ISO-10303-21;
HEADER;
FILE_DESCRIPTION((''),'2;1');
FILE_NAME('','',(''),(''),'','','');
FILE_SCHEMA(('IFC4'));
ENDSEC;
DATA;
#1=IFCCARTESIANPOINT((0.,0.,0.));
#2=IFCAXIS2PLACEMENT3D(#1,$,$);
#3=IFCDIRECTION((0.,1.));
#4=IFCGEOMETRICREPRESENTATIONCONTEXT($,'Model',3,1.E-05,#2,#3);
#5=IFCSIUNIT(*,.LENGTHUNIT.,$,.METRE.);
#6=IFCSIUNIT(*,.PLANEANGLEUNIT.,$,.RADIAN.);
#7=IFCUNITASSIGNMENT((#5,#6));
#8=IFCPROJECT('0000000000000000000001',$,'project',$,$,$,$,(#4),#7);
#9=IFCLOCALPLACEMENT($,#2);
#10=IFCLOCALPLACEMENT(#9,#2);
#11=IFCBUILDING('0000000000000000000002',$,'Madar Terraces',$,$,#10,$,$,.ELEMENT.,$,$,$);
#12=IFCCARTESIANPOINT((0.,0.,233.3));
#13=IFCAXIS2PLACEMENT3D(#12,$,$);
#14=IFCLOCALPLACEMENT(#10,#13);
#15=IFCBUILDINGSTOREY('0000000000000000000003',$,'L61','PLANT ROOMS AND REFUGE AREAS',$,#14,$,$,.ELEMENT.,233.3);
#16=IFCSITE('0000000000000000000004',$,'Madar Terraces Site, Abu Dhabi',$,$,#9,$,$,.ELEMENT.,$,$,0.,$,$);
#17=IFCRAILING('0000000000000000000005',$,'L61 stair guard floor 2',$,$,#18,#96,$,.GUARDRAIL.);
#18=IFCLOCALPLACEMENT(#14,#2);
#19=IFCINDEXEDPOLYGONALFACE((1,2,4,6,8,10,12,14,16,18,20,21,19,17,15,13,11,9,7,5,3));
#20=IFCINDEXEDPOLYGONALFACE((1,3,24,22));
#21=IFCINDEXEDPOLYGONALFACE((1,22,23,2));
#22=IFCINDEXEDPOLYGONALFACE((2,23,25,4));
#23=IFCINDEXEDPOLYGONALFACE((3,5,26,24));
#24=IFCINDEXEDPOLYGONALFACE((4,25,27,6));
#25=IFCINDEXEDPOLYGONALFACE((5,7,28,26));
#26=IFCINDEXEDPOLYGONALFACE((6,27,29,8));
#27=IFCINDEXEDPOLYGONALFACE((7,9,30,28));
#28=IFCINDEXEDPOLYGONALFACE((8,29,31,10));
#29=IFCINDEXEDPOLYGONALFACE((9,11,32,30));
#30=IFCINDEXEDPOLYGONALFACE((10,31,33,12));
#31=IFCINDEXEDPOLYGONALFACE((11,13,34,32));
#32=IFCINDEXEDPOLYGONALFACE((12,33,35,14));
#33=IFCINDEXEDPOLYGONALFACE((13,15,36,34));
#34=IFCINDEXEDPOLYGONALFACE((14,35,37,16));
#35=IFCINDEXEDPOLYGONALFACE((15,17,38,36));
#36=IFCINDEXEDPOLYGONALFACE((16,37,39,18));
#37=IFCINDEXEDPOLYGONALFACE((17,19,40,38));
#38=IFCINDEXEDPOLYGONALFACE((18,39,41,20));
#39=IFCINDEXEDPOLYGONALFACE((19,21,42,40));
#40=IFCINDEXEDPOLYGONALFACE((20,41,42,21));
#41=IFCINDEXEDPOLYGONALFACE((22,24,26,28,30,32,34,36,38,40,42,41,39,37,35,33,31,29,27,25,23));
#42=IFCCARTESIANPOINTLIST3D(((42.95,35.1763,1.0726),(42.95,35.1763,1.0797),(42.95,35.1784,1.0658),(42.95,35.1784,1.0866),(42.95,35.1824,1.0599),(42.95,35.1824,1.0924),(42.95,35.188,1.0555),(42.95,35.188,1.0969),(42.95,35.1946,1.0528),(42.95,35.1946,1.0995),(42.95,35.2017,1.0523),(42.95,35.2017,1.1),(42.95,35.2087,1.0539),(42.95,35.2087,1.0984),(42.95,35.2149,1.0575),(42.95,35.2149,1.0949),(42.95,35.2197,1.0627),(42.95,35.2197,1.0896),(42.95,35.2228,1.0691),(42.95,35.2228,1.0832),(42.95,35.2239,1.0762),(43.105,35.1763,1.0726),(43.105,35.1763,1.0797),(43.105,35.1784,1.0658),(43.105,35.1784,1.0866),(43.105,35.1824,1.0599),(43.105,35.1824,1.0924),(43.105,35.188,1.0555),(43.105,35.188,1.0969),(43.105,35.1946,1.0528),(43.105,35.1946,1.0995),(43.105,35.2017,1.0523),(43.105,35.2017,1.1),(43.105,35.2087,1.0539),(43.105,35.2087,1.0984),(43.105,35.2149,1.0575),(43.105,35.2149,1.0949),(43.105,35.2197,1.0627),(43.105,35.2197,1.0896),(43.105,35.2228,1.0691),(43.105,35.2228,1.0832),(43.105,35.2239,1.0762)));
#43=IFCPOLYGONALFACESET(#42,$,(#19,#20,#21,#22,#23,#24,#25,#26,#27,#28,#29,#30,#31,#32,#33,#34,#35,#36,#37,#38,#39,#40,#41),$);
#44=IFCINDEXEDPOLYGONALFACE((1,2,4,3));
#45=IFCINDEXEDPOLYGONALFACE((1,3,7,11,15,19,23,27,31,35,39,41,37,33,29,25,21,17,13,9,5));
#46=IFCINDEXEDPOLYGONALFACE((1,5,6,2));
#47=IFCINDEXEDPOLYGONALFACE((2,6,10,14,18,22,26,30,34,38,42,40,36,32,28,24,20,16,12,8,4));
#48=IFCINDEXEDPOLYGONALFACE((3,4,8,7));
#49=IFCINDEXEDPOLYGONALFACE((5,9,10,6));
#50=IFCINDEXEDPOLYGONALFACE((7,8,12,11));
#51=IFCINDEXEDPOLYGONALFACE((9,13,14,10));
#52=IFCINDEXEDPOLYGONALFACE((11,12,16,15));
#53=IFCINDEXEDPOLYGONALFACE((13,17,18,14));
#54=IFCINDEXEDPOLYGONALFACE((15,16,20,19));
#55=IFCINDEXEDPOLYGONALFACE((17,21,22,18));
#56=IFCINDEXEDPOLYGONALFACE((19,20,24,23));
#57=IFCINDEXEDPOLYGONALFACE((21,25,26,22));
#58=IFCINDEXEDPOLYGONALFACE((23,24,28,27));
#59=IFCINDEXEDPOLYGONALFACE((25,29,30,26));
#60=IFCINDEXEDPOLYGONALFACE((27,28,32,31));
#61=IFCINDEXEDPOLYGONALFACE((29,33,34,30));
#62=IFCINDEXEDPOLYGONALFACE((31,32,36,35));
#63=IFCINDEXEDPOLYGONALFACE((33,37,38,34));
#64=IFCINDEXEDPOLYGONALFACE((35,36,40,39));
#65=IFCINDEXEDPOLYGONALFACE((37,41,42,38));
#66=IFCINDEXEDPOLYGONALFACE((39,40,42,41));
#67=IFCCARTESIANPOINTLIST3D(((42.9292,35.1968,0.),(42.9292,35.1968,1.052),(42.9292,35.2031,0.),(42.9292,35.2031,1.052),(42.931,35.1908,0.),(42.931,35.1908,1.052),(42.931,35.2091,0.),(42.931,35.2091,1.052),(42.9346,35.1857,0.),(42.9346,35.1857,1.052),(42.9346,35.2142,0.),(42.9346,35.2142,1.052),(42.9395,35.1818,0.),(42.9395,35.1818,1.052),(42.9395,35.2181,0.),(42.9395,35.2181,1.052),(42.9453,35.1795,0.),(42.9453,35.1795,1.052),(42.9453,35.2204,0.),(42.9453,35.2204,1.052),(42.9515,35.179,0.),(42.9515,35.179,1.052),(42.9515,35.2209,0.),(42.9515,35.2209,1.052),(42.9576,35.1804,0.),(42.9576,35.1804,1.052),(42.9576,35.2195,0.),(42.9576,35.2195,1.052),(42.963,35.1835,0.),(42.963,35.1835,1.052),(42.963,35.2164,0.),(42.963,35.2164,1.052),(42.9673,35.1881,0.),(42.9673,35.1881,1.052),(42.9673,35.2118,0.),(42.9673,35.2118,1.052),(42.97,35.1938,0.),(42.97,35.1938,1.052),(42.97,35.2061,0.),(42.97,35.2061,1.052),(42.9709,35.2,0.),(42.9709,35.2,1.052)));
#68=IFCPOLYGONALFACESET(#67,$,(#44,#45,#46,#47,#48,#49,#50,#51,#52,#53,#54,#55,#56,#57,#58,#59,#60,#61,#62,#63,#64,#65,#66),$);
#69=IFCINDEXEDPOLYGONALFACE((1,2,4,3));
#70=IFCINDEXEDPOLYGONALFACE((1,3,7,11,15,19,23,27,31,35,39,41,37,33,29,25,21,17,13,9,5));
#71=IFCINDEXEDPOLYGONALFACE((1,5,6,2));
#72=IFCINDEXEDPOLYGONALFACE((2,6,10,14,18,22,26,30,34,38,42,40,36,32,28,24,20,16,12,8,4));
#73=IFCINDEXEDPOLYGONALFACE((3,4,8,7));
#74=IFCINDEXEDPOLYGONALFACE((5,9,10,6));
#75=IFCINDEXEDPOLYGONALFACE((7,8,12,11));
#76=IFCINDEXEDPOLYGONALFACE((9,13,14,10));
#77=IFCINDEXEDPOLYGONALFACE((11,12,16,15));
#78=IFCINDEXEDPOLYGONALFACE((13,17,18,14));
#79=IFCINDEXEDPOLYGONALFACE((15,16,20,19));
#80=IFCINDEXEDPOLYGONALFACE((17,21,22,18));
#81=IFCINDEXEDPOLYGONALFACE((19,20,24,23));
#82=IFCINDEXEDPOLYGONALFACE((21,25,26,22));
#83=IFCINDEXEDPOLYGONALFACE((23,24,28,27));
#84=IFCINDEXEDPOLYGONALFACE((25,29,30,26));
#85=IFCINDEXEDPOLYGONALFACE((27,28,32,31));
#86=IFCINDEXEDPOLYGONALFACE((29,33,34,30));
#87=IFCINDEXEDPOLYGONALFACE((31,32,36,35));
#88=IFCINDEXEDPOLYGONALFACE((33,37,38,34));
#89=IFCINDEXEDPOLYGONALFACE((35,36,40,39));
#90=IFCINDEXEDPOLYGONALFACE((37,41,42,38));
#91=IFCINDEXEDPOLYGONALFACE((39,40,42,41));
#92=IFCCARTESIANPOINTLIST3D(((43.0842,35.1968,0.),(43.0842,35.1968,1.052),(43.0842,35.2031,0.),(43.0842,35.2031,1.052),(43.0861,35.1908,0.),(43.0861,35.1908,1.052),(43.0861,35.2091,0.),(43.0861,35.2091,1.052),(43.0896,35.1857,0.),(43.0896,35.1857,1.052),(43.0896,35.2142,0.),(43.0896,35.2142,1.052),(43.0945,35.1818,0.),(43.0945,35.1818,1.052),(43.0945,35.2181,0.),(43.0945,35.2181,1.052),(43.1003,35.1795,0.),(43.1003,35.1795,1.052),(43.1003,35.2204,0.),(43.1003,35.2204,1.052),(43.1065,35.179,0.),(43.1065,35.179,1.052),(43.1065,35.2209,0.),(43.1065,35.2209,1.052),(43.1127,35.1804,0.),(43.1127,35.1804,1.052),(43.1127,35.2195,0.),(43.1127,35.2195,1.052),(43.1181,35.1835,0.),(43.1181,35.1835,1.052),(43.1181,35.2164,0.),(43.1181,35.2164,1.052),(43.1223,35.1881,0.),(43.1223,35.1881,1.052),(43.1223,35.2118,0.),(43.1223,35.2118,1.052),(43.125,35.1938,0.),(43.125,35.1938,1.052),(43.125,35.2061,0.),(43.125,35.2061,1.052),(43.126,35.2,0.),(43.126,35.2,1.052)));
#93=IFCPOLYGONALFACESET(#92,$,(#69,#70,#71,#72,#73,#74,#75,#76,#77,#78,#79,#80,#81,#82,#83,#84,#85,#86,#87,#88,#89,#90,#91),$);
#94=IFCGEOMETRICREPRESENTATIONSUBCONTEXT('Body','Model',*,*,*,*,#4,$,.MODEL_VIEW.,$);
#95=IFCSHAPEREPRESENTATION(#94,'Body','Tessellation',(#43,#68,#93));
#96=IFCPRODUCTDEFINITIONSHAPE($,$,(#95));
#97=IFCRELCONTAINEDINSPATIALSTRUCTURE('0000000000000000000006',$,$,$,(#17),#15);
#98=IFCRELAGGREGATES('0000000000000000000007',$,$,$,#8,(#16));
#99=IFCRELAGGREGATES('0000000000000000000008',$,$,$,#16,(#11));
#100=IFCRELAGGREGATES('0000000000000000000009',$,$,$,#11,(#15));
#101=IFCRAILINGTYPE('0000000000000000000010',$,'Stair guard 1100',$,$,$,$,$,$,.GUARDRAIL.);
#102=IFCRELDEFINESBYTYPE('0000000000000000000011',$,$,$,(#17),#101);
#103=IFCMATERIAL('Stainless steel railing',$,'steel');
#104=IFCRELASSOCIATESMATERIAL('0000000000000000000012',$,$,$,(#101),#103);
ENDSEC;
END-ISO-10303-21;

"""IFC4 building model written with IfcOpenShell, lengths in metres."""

from ifc_helpers import new_model, si_unit, direction, frame, origin, origin_2d, place, context, subcontext, project, spatial, circle, extrude, material, type_object, element, save


model = new_model("IFC4")

# Units and contexts
model_context = context("Model", 3, precision=1e-05, world=origin(), true_north=direction((0.0, 1.0)))
body_context = subcontext(model_context, "Body", "Model", "MODEL_VIEW")
ifc_project = project(units=[si_unit("LENGTHUNIT", "METRE"), si_unit("PLANEANGLEUNIT", "RADIAN")], contexts=[model_context])

# Site, building, storey
site_placement = place(None, origin())
site = spatial("IfcSite", under=ifc_project, at=site_placement, Name="Madar Terraces Site, Abu Dhabi", CompositionType="ELEMENT", RefElevation=0.0)
building_placement = place(site_placement, origin())
building = spatial("IfcBuilding", under=site, at=building_placement, Name="Madar Terraces", CompositionType="ELEMENT")
storey_placement = place(building_placement, frame((0.0, 0.0, 233.3)))
storey = spatial("IfcBuildingStorey", under=building, at=storey_placement, Name="L61", Description="PLANT ROOMS AND REFUGE AREAS", CompositionType="ELEMENT", Elevation=233.3)

# Railing
ifc_material_1 = material(Name="Stainless steel railing", Category="steel")
railing_type_1 = type_object("IfcRailingType", Name="Stair guard 1100", PredefinedType="GUARDRAIL", material=ifc_material_1)
for number, where, name in (
    (1, (42.95, 35.2, 0.0), "L61 stair guard floor 2"),
):
    element("IfcRailing", number, at=place(storey_placement, frame(where)), inside=storey, type_object=railing_type_1, Name=name, PredefinedType="GUARDRAIL", context=body_context, shape_type="SweptSolid", body=[
        extrude(circle(Radius=0.0239, at=origin_2d()), frame((0.0, 0.0, 1.0762), z_axis=(1.0, 0.0, 0.0), x_axis=(0.0, 1.0, 0.0)), (0.0, 0.0, 1.0), 0.155),
        extrude(circle(Radius=0.021, at=origin_2d()), origin(), (0.0, 0.0, 1.0), 1.052),
        extrude(circle(Radius=0.021, at=origin_2d()), frame((0.155, 0.0, 0.0)), (0.0, 0.0, 1.0), 1.052),
    ])

save(model, "model.ifc")
